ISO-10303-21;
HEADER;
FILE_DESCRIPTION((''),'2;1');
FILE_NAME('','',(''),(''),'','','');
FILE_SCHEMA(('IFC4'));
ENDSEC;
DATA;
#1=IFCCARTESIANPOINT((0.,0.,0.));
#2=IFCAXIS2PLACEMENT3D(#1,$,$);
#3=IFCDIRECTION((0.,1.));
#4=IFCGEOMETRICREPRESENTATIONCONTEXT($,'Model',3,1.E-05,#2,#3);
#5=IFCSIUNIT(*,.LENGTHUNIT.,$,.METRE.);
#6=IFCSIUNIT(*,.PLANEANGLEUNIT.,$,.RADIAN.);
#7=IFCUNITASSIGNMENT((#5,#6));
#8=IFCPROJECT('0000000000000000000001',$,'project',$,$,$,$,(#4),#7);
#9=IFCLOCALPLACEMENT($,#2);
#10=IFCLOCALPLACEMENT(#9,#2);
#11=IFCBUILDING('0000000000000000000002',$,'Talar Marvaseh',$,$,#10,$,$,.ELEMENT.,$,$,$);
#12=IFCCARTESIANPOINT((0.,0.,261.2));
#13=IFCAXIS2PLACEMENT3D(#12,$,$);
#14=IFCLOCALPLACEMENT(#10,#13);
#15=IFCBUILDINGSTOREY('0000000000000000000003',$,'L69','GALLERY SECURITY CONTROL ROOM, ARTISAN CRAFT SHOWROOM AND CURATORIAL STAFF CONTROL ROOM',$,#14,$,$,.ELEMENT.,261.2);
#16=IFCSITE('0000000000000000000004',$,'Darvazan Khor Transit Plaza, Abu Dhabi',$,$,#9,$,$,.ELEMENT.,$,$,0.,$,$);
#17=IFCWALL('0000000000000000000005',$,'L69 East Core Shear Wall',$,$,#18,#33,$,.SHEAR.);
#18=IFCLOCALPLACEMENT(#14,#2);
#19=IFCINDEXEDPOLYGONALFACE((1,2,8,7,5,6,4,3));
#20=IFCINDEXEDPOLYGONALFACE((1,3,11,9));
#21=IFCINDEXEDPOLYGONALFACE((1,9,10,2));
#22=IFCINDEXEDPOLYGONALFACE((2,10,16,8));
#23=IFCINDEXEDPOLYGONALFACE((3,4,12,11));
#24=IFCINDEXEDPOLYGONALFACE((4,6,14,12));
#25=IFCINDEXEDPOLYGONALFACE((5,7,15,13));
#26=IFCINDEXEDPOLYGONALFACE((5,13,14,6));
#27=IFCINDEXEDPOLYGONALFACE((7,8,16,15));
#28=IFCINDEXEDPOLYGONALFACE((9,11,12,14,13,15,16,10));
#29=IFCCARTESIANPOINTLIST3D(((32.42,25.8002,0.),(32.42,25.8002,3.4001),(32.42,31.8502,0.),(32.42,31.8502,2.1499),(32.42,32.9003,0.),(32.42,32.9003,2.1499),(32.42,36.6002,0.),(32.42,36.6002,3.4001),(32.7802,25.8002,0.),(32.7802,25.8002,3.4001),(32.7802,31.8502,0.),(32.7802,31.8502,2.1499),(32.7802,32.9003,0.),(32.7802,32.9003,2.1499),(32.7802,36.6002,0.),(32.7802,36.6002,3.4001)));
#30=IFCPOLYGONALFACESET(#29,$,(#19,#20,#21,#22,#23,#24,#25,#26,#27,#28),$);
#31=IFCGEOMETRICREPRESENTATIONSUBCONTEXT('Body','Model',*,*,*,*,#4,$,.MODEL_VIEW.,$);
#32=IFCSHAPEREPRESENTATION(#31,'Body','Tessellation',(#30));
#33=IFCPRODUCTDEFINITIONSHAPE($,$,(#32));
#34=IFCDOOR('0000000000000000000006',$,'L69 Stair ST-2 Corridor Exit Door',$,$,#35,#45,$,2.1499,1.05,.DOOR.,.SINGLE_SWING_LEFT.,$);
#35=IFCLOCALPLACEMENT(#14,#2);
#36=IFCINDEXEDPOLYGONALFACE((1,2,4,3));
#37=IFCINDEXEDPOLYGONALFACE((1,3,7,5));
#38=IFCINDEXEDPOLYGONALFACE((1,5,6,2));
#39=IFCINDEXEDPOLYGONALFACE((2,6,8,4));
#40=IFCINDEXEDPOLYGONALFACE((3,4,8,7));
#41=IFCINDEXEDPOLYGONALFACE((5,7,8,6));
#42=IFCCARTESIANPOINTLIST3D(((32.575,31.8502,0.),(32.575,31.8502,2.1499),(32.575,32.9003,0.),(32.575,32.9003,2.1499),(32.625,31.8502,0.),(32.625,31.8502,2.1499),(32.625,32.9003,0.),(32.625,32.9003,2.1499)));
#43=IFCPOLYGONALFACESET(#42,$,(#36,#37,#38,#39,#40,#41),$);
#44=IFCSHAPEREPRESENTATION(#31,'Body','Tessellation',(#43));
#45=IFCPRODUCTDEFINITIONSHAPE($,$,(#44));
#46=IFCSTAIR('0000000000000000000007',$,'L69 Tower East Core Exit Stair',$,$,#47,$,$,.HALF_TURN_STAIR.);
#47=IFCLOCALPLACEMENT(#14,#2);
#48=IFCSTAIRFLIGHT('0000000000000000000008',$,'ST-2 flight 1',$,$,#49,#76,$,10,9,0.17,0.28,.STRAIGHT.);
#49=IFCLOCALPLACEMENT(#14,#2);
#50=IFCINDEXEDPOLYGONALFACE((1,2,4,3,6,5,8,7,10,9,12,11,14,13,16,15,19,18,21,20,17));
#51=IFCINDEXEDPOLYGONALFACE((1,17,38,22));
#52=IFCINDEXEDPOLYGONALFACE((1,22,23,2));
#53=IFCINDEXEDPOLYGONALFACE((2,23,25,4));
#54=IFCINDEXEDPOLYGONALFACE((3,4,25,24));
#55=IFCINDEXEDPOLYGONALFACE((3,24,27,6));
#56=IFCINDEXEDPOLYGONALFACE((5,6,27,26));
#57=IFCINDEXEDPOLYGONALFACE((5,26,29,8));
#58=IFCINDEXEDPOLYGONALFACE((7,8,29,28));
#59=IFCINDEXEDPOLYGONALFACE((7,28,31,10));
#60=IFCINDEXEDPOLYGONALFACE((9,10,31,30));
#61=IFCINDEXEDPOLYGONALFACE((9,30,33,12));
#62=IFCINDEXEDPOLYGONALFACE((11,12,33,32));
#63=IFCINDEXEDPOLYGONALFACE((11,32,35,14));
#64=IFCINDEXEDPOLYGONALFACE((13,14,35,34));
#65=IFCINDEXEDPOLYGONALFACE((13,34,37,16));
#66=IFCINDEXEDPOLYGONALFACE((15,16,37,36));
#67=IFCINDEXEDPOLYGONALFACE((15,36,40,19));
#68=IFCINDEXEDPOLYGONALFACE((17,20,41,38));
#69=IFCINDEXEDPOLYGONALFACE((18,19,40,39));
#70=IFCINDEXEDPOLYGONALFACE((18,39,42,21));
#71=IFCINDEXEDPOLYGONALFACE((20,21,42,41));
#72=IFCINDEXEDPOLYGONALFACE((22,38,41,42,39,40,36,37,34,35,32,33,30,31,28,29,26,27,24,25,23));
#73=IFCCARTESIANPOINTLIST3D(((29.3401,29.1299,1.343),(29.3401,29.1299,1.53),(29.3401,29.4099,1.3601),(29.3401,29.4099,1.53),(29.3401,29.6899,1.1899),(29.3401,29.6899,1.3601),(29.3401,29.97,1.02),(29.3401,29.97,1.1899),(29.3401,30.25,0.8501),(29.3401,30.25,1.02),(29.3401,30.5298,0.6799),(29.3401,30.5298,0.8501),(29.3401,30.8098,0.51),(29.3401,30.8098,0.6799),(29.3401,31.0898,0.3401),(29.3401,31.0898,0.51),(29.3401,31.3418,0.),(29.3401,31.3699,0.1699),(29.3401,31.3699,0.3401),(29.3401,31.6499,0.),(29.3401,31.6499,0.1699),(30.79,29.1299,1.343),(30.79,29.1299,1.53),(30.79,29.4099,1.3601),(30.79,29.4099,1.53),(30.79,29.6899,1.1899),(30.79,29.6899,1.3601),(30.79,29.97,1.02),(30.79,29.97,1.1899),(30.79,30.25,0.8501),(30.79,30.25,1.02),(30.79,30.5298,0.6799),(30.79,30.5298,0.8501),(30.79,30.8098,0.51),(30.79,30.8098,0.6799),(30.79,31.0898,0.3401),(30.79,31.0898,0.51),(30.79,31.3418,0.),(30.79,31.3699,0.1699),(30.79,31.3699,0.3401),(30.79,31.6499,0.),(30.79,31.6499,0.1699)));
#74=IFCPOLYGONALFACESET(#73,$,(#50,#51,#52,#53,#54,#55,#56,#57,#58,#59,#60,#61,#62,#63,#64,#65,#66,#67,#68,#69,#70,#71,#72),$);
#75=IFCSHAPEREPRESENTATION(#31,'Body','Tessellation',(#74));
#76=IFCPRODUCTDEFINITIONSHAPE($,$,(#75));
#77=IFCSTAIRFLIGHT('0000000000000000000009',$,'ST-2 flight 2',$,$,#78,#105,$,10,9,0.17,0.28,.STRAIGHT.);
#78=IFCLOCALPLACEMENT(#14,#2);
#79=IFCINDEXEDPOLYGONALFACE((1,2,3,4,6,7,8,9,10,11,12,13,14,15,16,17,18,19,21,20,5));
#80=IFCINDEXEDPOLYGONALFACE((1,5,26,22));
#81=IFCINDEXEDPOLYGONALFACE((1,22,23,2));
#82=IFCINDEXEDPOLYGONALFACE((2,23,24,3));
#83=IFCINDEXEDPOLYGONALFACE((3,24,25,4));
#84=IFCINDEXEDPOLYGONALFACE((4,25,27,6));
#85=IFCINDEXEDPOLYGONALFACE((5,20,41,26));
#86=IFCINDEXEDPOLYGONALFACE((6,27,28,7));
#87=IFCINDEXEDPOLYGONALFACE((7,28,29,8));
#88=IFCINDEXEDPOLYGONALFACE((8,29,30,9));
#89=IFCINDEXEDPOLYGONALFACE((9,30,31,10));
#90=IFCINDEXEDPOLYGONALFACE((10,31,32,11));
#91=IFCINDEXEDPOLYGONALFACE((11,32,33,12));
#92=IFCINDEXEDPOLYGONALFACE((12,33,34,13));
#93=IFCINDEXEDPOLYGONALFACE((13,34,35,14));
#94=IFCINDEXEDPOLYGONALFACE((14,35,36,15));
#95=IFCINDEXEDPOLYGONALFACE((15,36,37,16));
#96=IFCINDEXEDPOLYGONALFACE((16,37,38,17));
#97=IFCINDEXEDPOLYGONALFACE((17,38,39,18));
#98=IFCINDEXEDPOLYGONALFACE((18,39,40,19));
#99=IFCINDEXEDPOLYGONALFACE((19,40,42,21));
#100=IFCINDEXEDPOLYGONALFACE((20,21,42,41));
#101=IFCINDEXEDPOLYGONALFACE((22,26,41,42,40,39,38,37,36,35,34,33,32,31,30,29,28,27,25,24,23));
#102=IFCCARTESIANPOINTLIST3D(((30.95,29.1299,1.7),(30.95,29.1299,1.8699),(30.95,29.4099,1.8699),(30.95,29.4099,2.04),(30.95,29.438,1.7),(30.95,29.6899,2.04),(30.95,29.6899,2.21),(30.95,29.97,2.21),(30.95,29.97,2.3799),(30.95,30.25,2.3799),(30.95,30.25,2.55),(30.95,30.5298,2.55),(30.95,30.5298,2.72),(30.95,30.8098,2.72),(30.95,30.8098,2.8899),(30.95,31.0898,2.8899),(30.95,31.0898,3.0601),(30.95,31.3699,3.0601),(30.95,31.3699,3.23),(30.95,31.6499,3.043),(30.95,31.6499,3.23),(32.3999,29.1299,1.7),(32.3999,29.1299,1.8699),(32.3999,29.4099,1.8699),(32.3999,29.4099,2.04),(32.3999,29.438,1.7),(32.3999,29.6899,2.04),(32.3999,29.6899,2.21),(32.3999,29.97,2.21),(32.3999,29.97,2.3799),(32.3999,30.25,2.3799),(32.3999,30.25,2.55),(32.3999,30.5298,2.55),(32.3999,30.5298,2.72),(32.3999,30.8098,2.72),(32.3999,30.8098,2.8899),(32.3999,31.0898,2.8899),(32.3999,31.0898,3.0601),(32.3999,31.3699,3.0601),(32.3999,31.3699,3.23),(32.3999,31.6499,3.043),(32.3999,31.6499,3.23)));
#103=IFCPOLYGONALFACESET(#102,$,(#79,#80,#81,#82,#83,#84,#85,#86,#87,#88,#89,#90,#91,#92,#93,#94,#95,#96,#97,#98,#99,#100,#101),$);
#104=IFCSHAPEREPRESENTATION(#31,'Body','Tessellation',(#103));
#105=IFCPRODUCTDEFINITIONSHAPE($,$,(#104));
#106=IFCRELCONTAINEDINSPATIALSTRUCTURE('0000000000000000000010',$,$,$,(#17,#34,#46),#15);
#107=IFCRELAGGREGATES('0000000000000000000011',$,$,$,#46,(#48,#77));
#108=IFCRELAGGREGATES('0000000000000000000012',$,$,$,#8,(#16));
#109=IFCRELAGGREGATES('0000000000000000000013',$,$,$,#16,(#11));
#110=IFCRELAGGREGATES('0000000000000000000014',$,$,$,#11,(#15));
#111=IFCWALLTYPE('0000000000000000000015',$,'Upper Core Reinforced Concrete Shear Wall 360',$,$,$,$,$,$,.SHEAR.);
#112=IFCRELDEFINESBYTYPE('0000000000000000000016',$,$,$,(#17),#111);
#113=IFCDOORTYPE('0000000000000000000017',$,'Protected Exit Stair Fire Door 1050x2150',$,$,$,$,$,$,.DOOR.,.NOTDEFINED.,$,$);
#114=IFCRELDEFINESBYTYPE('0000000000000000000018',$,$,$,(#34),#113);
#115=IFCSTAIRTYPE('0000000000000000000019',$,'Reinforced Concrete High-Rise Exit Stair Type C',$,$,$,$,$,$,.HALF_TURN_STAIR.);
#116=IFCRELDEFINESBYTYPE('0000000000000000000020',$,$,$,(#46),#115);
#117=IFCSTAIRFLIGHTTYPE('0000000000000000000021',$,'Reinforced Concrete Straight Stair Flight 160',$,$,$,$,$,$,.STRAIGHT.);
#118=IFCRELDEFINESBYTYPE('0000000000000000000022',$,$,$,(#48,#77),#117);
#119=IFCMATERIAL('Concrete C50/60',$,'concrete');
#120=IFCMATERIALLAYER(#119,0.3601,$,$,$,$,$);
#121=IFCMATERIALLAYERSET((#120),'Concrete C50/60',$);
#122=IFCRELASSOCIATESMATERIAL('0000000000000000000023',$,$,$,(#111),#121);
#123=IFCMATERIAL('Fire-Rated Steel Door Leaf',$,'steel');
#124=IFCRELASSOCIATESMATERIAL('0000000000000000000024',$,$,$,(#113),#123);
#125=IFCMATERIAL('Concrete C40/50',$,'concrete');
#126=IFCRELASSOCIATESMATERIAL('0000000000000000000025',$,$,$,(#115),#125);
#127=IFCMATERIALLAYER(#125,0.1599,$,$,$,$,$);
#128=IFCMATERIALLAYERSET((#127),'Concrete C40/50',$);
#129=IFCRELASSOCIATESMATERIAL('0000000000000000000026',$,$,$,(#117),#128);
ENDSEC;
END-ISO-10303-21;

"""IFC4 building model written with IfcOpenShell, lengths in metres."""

from ifc_helpers import new_model, si_unit, direction, frame, frame_2d, origin, place, context, subcontext, project, spatial, polyline, rectangle, outline, extrude, source, transform, mapped, material, layer, layer_set, type_object, type_shapes, element, fill, aggregate, save


model = new_model("IFC4")

# Units and contexts
model_context = context("Model", 3, precision=1e-05, world=origin(), true_north=direction((0.0, 1.0)))
body_context = subcontext(model_context, "Body", "Model", "MODEL_VIEW")
ifc_project = project(units=[si_unit("LENGTHUNIT", "METRE"), si_unit("PLANEANGLEUNIT", "RADIAN")], contexts=[model_context])

# Site, building, storey
site_placement = place(None, origin())
site = spatial("IfcSite", under=ifc_project, at=site_placement, Name="Darvazan Khor Transit Plaza, Abu Dhabi", CompositionType="ELEMENT", RefElevation=0.0)
building_placement = place(site_placement, origin())
building = spatial("IfcBuilding", under=site, at=building_placement, Name="Talar Marvaseh", CompositionType="ELEMENT")
storey_placement = place(building_placement, frame((0.0, 0.0, 261.2)))
storey = spatial("IfcBuildingStorey", under=building, at=storey_placement, Name="L69", Description="GALLERY SECURITY CONTROL ROOM, ARTISAN CRAFT SHOWROOM AND CURATORIAL STAFF CONTROL ROOM", CompositionType="ELEMENT", Elevation=261.2)

# Shared definitions
ifc_material_1 = material(Name="Concrete C50/60", Category="concrete")

# Shared definitions
ifc_material_2 = material(Name="Concrete C40/50", Category="concrete")

# Shared definitions
ifc_material_3 = material(Name="Fire-Rated Steel Door Leaf", Category="steel")

# Wall, opening, door
ifc_layer_1 = layer(ifc_material_1, 0.3601)
ifc_layer_set_1 = layer_set([ifc_layer_1], Name="Concrete C50/60")
wall_type_1 = type_object("IfcWallType", Name="Upper Core Reinforced Concrete Shear Wall 360", PredefinedType="SHEAR", material=ifc_layer_set_1)
wall_1_placement = place(storey_placement, frame((32.6001, 36.6001, 0.0), z_axis=(0.0, 0.0, 1.0), x_axis=(0.0, -1.0, 0.0)))
wall_1 = element("IfcWall", 1, at=wall_1_placement, inside=storey, type_object=wall_type_1, Name="L69 East Core Shear Wall", PredefinedType="SHEAR", context=body_context, shape_type="SweptSolid", body=[
    extrude(rectangle(XDim=10.8, YDim=0.3601, at=frame_2d((5.3999, 0.0))), origin(), (0.0, 0.0, 1.0), 3.4001),
])
opening_1_placement = place(wall_1_placement, frame((3.7, 0.0, 0.0)))
opening_1 = element("IfcOpeningElement", 2, at=opening_1_placement, cuts=wall_1, PredefinedType="OPENING", context=body_context, shape_type="SweptSolid", body=[
    extrude(rectangle(XDim=1.05, YDim=2.1499, at=frame_2d((0.5249, 1.075))), frame((0.0, 0.1899, 0.0), z_axis=(0.0, -1.0, 0.0), x_axis=(1.0, 0.0, 0.0)), (0.0, 0.0, 1.0), 0.3801),
])
door_type_1 = type_object("IfcDoorType", Name="Protected Exit Stair Fire Door 1050x2150", OperationType="NOTDEFINED", PredefinedType="DOOR", material=ifc_material_3)
shared_shape_1 = source(origin(), body_context, "Body", "SweptSolid", [
    extrude(rectangle(XDim=1.05, YDim=2.1499, at=frame_2d((0.5249, 1.075))), frame((0.0, 0.0249, 0.0), z_axis=(0.0, -1.0, 0.0), x_axis=(1.0, 0.0, 0.0)), (0.0, 0.0, 1.0), 0.05),
])
type_shapes(door_type_1, [shared_shape_1])
door_1_placement = place(opening_1_placement, origin())
door_1 = element("IfcDoor", 3, at=door_1_placement, inside=storey, type_object=door_type_1, Name="L69 Stair ST-2 Corridor Exit Door", OperationType="SINGLE_SWING_LEFT", OverallHeight=2.1499, OverallWidth=1.05, PredefinedType="DOOR", context=body_context, shape_type="MappedRepresentation", body=[
    mapped(shared_shape_1, transform((0.0, 0.0, 0.0), x_axis=(1.0, 0.0, 0.0), y_axis=(0.0, 1.0, 0.0), z_axis=(0.0, 0.0, 1.0), scale=1.0)),
])
fill(opening_1, door_1)

# Stair, stair flights
stair_type = type_object("IfcStairType", Name="Reinforced Concrete High-Rise Exit Stair Type C", PredefinedType="HALF_TURN_STAIR", material=ifc_material_2)
stair_placement = place(storey_placement, origin())
stair = element("IfcStair", 4, at=stair_placement, inside=storey, type_object=stair_type, Name="L69 Tower East Core Exit Stair", PredefinedType="HALF_TURN_STAIR")
ifc_layer_2 = layer(ifc_material_2, 0.1599)
ifc_layer_set_2 = layer_set([ifc_layer_2], Name="Concrete C40/50")
stair_flight_type = type_object("IfcStairFlightType", Name="Reinforced Concrete Straight Stair Flight 160", PredefinedType="STRAIGHT", material=ifc_layer_set_2)
stair_flight_1_placement = place(storey_placement, frame((30.0649, 31.6499, 0.0), z_axis=(0.0, 0.0, 1.0), x_axis=(0.0, -1.0, 0.0)))
stair_flight_1 = element("IfcStairFlight", 5, at=stair_flight_1_placement, type_object=stair_flight_type, Name="ST-2 flight 1", NumberOfRisers=10, NumberOfTreads=9, PredefinedType="STRAIGHT", RiserHeight=0.17, TreadLength=0.28, context=body_context, shape_type="SweptSolid", body=[
    extrude(outline(polyline([(0.0, 0.0), (0.0, 0.1699), (0.28, 0.1699), (0.28, 0.3401), (0.5601, 0.3401), (0.5601, 0.51), (0.8401, 0.51), (0.8401, 0.6799), (1.1201, 0.6799), (1.1201, 0.8501), (1.3999, 0.8501), (1.3999, 1.02), (1.6799, 1.02), (1.6799, 1.1899), (1.96, 1.1899), (1.96, 1.3601), (2.24, 1.3601), (2.24, 1.53), (2.52, 1.53), (2.52, 1.7), (2.52, 1.343), (0.3081, 0.0), (0.0, 0.0)])), frame((0.0, 0.7251, 0.0), z_axis=(0.0, -1.0, 0.0), x_axis=(1.0, 0.0, 0.0)), (0.0, 0.0, 1.0), 1.45),
])
stair_flight_2_placement = place(storey_placement, frame((31.675, 29.1299, 1.7), z_axis=(0.0, 0.0, 1.0), x_axis=(0.0, 1.0, 0.0)))
stair_flight_2 = element("IfcStairFlight", 6, at=stair_flight_2_placement, type_object=stair_flight_type, Name="ST-2 flight 2", NumberOfRisers=10, NumberOfTreads=9, PredefinedType="STRAIGHT", RiserHeight=0.17, TreadLength=0.28, context=body_context, shape_type="SweptSolid", body=[
    extrude(outline(polyline([(0.0, 0.0), (0.0, 0.1699), (0.28, 0.1699), (0.28, 0.3401), (0.5601, 0.3401), (0.5601, 0.51), (0.8401, 0.51), (0.8401, 0.6799), (1.1201, 0.6799), (1.1201, 0.8501), (1.3999, 0.8501), (1.3999, 1.02), (1.6799, 1.02), (1.6799, 1.1899), (1.96, 1.1899), (1.96, 1.3601), (2.24, 1.3601), (2.24, 1.53), (2.52, 1.53), (2.52, 1.7), (2.52, 1.343), (0.3081, 0.0), (0.0, 0.0)])), frame((0.0, 0.7251, 0.0), z_axis=(0.0, -1.0, 0.0), x_axis=(1.0, 0.0, 0.0)), (0.0, 0.0, 1.0), 1.45),
])
aggregate(stair, [stair_flight_1, stair_flight_2])

save(model, "model.ifc")
